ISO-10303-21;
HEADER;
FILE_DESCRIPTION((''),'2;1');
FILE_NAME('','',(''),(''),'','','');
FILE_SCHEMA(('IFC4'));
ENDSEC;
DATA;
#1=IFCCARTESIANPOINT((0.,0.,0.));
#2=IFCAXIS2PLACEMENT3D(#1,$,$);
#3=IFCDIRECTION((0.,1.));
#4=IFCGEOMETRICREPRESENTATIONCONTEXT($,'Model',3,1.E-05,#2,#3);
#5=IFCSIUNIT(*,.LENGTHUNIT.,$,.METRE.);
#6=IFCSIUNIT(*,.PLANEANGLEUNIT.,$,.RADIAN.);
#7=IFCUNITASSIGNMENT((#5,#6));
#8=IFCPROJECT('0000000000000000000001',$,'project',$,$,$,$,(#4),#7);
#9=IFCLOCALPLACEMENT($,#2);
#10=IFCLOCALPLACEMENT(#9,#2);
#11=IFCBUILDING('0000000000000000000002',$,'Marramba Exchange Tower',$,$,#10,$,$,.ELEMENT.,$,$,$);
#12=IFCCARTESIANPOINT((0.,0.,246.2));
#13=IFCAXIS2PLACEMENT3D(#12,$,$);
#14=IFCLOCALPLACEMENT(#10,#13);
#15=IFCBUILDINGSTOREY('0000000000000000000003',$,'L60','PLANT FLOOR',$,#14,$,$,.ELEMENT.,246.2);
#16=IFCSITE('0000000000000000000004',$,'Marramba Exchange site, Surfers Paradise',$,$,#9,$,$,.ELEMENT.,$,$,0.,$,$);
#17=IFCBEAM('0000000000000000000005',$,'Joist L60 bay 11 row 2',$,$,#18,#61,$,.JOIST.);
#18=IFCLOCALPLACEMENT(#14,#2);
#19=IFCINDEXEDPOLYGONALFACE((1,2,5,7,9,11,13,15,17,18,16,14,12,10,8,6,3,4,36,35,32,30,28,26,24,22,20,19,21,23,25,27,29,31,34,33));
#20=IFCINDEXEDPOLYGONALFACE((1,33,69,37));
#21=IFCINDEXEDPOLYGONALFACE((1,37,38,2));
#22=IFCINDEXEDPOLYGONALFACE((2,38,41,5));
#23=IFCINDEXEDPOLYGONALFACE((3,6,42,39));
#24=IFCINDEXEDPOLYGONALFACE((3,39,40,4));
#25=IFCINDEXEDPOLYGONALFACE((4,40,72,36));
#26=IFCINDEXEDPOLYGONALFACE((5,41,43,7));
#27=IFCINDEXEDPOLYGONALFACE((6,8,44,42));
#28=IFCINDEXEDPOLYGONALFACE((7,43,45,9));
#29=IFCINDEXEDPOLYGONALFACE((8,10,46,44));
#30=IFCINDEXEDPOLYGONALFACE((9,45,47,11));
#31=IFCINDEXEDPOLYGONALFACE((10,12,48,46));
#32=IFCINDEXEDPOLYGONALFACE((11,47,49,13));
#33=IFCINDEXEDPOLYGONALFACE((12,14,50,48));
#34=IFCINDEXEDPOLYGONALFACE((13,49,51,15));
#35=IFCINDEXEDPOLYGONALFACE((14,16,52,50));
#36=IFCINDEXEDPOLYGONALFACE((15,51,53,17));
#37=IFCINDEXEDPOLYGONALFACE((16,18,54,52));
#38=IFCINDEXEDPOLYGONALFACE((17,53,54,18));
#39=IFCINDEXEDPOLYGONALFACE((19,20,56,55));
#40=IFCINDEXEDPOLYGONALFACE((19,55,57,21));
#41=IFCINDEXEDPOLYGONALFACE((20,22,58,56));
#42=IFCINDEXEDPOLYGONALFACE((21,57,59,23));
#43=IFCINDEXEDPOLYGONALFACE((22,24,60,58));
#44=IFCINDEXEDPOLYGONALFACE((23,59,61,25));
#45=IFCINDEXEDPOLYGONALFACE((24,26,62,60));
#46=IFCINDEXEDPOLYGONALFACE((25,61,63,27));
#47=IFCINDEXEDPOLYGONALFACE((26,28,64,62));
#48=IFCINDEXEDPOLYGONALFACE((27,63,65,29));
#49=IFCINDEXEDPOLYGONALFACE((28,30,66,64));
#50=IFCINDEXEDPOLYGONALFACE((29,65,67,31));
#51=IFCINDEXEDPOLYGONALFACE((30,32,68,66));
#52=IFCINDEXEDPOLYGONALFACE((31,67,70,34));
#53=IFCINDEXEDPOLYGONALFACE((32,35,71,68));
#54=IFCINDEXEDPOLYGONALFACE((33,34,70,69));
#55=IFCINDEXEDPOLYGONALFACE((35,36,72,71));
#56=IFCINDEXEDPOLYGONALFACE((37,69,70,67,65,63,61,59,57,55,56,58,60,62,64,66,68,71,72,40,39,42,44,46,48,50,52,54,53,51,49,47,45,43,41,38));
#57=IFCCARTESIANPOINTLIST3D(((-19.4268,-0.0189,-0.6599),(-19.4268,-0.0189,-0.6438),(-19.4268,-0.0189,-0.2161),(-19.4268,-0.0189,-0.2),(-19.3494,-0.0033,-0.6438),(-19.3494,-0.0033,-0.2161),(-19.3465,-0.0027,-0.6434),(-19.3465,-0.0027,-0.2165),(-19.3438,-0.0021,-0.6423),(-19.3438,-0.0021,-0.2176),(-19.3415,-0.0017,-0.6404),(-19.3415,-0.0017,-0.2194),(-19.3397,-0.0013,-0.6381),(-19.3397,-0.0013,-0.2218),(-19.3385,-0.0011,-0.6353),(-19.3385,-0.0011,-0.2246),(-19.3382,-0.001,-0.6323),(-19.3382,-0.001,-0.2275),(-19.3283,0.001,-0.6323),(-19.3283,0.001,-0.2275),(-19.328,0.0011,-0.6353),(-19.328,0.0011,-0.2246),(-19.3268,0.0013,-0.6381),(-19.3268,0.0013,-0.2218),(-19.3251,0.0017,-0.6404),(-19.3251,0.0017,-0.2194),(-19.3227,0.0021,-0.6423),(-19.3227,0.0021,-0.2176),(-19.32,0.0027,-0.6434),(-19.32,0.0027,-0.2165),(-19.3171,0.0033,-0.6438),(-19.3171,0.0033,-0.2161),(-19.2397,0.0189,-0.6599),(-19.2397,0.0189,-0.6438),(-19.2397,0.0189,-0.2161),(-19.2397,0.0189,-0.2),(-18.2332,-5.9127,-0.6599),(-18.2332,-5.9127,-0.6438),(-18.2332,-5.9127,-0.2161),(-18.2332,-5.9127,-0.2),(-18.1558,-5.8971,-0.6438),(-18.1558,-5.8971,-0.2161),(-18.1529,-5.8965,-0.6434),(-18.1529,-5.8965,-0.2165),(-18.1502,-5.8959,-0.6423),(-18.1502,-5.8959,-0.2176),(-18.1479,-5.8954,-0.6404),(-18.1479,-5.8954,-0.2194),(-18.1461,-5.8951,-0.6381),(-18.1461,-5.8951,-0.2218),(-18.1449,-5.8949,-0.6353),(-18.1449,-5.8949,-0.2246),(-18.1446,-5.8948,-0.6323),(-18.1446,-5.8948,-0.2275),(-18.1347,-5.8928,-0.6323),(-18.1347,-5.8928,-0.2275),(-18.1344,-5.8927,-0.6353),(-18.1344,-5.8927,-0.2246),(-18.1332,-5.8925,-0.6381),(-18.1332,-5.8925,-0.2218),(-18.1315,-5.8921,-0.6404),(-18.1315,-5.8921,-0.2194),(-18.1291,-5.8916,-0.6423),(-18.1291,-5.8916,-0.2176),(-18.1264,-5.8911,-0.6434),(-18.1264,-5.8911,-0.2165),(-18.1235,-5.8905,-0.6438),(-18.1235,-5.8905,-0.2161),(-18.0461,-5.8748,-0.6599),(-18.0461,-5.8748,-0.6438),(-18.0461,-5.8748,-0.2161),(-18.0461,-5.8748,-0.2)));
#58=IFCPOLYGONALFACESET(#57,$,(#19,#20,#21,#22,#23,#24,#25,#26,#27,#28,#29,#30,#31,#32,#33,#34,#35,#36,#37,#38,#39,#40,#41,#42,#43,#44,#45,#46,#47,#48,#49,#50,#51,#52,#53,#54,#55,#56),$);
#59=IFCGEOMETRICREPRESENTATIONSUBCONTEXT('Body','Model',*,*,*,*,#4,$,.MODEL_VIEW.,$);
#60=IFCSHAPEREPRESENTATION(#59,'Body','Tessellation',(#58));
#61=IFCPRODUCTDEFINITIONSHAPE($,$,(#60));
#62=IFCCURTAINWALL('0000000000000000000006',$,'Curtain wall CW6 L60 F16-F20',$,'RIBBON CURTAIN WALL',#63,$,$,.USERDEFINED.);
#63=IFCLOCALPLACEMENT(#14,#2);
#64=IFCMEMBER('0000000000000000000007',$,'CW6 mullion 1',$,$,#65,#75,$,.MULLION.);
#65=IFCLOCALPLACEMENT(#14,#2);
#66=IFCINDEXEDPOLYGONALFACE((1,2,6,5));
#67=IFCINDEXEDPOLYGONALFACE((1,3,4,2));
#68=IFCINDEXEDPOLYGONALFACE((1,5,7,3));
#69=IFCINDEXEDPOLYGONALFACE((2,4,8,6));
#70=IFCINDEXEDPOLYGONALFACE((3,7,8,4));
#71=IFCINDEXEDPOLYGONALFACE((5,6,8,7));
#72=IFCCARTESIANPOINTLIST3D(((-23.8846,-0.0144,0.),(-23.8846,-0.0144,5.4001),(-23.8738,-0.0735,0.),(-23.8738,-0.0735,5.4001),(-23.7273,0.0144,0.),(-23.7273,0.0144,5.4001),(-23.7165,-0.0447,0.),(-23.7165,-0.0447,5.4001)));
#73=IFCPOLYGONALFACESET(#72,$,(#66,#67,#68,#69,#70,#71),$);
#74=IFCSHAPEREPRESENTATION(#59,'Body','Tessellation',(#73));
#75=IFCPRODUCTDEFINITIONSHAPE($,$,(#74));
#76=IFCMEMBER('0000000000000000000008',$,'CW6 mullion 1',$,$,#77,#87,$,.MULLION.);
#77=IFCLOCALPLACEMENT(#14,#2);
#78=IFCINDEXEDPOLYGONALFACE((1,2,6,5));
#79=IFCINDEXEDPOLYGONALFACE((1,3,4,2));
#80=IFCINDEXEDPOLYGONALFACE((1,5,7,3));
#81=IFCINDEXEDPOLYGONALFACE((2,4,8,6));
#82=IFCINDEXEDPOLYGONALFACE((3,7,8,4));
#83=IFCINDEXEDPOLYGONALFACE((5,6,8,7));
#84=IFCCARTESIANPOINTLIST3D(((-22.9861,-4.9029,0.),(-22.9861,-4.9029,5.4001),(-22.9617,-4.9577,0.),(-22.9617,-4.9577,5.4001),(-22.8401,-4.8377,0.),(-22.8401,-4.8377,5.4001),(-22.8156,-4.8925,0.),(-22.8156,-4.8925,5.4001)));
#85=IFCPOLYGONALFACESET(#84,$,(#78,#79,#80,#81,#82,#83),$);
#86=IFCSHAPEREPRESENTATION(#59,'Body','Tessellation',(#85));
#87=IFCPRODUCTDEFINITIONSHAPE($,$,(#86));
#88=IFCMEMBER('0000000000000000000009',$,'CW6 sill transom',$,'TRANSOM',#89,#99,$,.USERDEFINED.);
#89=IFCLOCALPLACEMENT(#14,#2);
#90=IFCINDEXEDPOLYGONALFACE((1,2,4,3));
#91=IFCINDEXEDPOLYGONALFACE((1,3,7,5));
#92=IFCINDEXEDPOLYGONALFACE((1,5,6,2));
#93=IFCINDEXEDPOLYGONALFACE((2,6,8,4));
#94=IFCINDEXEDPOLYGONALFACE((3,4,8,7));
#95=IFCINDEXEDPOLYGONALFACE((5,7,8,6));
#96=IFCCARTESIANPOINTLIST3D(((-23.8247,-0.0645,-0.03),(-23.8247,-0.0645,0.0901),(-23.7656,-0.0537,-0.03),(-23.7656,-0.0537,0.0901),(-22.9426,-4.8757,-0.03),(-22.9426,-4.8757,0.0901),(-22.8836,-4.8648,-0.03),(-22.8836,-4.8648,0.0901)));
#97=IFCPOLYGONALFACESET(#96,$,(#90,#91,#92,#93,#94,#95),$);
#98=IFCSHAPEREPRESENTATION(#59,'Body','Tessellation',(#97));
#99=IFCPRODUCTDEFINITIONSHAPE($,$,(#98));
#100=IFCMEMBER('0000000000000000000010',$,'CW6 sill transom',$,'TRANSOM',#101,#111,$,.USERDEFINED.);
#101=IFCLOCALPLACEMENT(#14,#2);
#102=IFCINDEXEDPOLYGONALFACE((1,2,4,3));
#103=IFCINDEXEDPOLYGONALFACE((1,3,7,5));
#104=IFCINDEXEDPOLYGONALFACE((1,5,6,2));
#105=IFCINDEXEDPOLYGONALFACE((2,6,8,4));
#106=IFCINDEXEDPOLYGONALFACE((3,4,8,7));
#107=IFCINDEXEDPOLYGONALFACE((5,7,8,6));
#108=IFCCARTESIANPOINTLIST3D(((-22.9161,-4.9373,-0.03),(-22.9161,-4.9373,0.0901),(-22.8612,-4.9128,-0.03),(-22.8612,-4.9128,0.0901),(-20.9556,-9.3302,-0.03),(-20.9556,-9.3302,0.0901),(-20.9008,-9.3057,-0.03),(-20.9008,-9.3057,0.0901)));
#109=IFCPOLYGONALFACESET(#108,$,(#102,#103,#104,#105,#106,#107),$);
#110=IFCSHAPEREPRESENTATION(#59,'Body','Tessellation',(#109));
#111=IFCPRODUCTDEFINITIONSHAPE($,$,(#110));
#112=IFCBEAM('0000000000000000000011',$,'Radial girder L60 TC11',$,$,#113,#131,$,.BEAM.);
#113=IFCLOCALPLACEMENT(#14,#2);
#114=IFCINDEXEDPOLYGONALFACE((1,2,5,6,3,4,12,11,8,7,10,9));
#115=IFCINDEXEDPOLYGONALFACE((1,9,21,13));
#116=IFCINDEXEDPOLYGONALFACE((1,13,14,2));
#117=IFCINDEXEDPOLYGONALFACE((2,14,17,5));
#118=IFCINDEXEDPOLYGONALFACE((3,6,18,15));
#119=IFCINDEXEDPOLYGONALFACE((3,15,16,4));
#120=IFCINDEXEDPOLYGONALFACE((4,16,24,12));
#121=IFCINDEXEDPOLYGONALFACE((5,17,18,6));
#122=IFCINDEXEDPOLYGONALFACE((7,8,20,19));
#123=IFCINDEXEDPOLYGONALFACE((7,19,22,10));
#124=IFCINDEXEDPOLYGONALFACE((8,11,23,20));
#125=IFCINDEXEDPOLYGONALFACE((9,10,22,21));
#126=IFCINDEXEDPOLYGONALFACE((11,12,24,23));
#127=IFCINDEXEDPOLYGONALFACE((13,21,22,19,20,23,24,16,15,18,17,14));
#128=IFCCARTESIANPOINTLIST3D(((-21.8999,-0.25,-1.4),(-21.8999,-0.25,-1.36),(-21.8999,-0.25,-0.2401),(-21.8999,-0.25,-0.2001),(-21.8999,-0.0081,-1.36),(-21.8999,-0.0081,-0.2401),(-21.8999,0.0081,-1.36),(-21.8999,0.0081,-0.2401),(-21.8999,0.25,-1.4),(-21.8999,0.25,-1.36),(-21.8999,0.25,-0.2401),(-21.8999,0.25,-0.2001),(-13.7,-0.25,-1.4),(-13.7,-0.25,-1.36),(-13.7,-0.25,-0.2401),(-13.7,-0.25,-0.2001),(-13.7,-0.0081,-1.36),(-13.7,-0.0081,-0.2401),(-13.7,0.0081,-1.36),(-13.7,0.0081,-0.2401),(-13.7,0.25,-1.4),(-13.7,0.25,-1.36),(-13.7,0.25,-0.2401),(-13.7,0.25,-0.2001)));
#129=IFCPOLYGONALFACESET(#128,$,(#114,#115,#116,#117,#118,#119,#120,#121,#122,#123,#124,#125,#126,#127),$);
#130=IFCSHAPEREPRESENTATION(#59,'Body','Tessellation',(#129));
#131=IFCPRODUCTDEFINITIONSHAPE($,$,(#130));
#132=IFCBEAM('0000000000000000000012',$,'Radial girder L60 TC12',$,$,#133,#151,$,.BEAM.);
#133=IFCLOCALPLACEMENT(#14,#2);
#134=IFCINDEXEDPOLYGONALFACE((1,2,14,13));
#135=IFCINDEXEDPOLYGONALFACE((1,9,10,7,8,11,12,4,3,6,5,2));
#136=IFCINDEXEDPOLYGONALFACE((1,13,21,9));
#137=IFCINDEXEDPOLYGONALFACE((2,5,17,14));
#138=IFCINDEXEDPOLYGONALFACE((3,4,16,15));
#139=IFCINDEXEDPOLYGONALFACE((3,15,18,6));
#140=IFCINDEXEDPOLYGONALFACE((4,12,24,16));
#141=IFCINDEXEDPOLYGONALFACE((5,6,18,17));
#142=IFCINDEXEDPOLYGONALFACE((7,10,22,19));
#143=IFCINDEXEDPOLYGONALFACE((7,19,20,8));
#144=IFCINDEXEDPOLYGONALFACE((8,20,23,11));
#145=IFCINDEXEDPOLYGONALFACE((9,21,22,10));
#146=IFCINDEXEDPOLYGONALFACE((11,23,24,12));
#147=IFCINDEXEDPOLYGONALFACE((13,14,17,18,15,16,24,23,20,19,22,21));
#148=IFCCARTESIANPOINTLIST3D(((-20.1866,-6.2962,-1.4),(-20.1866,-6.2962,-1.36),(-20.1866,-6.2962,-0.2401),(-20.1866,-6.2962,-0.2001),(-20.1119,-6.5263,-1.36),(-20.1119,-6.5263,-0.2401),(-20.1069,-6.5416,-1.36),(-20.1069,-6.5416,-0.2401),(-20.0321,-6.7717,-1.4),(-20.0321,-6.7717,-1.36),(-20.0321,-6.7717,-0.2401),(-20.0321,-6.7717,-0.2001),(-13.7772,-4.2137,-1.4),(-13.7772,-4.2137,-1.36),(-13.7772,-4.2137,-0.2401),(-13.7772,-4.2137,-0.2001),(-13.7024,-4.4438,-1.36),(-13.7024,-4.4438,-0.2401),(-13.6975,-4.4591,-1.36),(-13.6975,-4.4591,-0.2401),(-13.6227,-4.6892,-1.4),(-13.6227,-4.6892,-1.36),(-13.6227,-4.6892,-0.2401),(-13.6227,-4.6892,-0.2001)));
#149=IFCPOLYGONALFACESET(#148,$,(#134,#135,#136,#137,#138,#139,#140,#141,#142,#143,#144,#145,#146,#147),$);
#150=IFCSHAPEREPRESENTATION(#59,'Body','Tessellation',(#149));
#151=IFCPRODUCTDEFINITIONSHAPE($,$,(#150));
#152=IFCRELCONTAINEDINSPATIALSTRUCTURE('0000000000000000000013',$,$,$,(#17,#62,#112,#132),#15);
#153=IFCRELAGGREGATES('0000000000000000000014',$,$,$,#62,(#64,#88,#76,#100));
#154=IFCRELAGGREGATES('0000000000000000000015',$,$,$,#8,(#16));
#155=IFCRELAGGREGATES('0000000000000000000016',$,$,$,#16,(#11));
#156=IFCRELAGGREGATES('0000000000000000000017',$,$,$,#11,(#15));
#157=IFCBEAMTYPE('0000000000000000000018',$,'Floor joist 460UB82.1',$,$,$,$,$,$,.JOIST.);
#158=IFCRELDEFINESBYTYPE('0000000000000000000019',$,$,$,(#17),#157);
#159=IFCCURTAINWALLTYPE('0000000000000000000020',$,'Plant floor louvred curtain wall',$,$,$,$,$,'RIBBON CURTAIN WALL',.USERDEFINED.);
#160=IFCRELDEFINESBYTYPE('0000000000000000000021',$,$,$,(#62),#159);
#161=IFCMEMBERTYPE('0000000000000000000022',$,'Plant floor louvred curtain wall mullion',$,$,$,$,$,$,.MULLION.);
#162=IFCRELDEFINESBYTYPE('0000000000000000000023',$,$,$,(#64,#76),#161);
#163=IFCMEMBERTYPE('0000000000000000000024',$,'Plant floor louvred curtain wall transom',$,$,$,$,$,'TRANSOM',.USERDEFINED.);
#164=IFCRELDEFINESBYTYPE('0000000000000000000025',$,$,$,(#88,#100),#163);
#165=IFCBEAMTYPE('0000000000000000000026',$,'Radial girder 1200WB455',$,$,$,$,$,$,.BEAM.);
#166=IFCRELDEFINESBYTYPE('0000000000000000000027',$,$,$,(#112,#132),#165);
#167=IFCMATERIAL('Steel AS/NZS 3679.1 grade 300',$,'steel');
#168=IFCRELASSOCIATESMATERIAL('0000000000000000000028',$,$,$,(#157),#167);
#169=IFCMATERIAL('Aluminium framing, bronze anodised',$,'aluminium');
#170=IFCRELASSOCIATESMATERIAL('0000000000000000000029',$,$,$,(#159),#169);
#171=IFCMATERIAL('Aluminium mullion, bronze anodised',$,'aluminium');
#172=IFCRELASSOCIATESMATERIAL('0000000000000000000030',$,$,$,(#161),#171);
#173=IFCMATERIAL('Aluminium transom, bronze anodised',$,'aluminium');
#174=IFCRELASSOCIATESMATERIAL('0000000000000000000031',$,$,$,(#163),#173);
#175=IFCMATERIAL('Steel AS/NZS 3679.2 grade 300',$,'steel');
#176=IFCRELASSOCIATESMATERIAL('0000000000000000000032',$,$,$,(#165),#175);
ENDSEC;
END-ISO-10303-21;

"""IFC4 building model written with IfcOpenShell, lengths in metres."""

from ifc_helpers import new_model, si_unit, direction, frame, origin, origin_2d, place, context, subcontext, project, spatial, rectangle, i_section, extrude, material, material_profile, profile_set, type_object, element, aggregate, save


model = new_model("IFC4")

# Units and contexts
model_context = context("Model", 3, precision=1e-05, world=origin(), true_north=direction((0.0, 1.0)))
body_context = subcontext(model_context, "Body", "Model", "MODEL_VIEW")
ifc_project = project(units=[si_unit("LENGTHUNIT", "METRE"), si_unit("PLANEANGLEUNIT", "RADIAN")], contexts=[model_context])

# Site, building, storey
site_placement = place(None, origin())
site = spatial("IfcSite", under=ifc_project, at=site_placement, Name="Marramba Exchange site, Surfers Paradise", CompositionType="ELEMENT", RefElevation=0.0)
building_placement = place(site_placement, origin())
building = spatial("IfcBuilding", under=site, at=building_placement, Name="Marramba Exchange Tower", CompositionType="ELEMENT")
storey_placement = place(building_placement, frame((0.0, 0.0, 246.2)))
storey = spatial("IfcBuildingStorey", under=building, at=storey_placement, Name="L60", Description="PLANT FLOOR", CompositionType="ELEMENT", Elevation=246.2)

# Shared definitions
ifc_material_1 = material(Name="Steel AS/NZS 3679.2 grade 300", Category="steel")

# Beam
ifc_material_2 = material(Name="Steel AS/NZS 3679.1 grade 300", Category="steel")
ifc_material_profile_1 = material_profile(ifc_material_2, i_section(OverallWidth=0.1909, OverallDepth=0.46, WebThickness=0.01, FlangeThickness=0.0161, FilletRadius=0.0115, at=origin_2d()), Name="460UB82.1")
ifc_profile_set_1 = profile_set([ifc_material_profile_1], Name="Steel AS/NZS 3679.1 grade 300")
beam_type_1 = type_object("IfcBeamType", Name="Floor joist 460UB82.1", PredefinedType="JOIST", material=ifc_profile_set_1)
beam_1_placement = place(storey_placement, frame((-19.3333, 0.0, -0.4299), z_axis=(0.198489, -0.980103, 0.0), x_axis=(0.980103, 0.198489, 0.0)))
element("IfcBeam", 1, at=beam_1_placement, inside=storey, type_object=beam_type_1, Name="Joist L60 bay 11 row 2", PredefinedType="JOIST", context=body_context, shape_type="SweptSolid", body=[
    extrude(i_section(OverallWidth=0.1909, OverallDepth=0.46, WebThickness=0.01, FlangeThickness=0.0161, FilletRadius=0.0115, at=origin_2d()), origin(), (0.0, 0.0, 1.0), 6.0134),
])

# Curtain wall, members
ifc_material_3 = material(Name="Aluminium framing, bronze anodised", Category="aluminium")
curtain_wall_type = type_object("IfcCurtainWallType", Name="Plant floor louvred curtain wall", ElementType="RIBBON CURTAIN WALL", PredefinedType="USERDEFINED", material=ifc_material_3)
curtain_wall_placement = place(storey_placement, origin())
curtain_wall = element("IfcCurtainWall", 2, at=curtain_wall_placement, inside=storey, type_object=curtain_wall_type, Name="Curtain wall CW6 L60 F16-F20", ObjectType="RIBBON CURTAIN WALL", PredefinedType="USERDEFINED")
ifc_material_4 = material(Name="Aluminium mullion, bronze anodised", Category="aluminium")
ifc_material_profile_2 = material_profile(ifc_material_4, rectangle(XDim=0.1599, YDim=0.0601, at=origin_2d()), Name="CW6 mullion 60x160")
ifc_profile_set_2 = profile_set([ifc_material_profile_2], Name="Aluminium mullion, bronze anodised")
member_type_1 = type_object("IfcMemberType", Name="Plant floor louvred curtain wall mullion", PredefinedType="MULLION", material=ifc_profile_set_2)
member_1_placement = place(storey_placement, frame((-23.8005, -0.0295, 0.0), z_axis=(0.0, 0.0, 1.0), x_axis=(0.983607, 0.180327, 0.0)))
member_1 = element("IfcMember", 3, at=member_1_placement, type_object=member_type_1, Name="CW6 mullion 1", PredefinedType="MULLION", context=body_context, shape_type="SweptSolid", body=[
    extrude(rectangle(XDim=0.1599, YDim=0.0601, at=origin_2d()), origin(), (0.0, 0.0, 1.0), 5.4001),
])
member_2_placement = place(storey_placement, frame((-22.9009, -4.8977, 0.0), z_axis=(0.0, 0.0, 1.0), x_axis=(0.91318, 0.407558, 0.0)))
member_2 = element("IfcMember", 4, at=member_2_placement, type_object=member_type_1, Name="CW6 mullion 1", PredefinedType="MULLION", context=body_context, shape_type="SweptSolid", body=[
    extrude(rectangle(XDim=0.1599, YDim=0.0601, at=origin_2d()), origin(), (0.0, 0.0, 1.0), 5.4001),
])
ifc_material_5 = material(Name="Aluminium transom, bronze anodised", Category="aluminium")
ifc_material_profile_3 = material_profile(ifc_material_5, rectangle(XDim=0.0601, YDim=0.1201, at=origin_2d()), Name="CW6 transom 60x120")
ifc_profile_set_3 = profile_set([ifc_material_profile_3], Name="Aluminium transom, bronze anodised")
member_type_2 = type_object("IfcMemberType", Name="Plant floor louvred curtain wall transom", ElementType="TRANSOM", PredefinedType="USERDEFINED", material=ifc_profile_set_3)
member_3_placement = place(storey_placement, frame((-23.7952, -0.0591, 0.03), z_axis=(0.18033, -0.983606, 0.0), x_axis=(0.983606, 0.18033, 0.0)))
member_3 = element("IfcMember", 5, at=member_3_placement, type_object=member_type_2, Name="CW6 sill transom", ObjectType="TRANSOM", PredefinedType="USERDEFINED", context=body_context, shape_type="SweptSolid", body=[
    extrude(rectangle(XDim=0.0601, YDim=0.1201, at=origin_2d()), origin(), (0.0, 0.0, 1.0), 4.8914),
])
member_4_placement = place(storey_placement, frame((-22.8887, -4.925, 0.03), z_axis=(0.407541, -0.913187, 0.0), x_axis=(0.913187, 0.407541, 0.0)))
member_4 = element("IfcMember", 6, at=member_4_placement, type_object=member_type_2, Name="CW6 sill transom", ObjectType="TRANSOM", PredefinedType="USERDEFINED", context=body_context, shape_type="SweptSolid", body=[
    extrude(rectangle(XDim=0.0601, YDim=0.1201, at=origin_2d()), origin(), (0.0, 0.0, 1.0), 4.8105),
])

# Beams
ifc_material_profile_4 = material_profile(ifc_material_1, i_section(OverallWidth=0.5, OverallDepth=1.2, WebThickness=0.0161, FlangeThickness=0.04, at=origin_2d()), Name="1200WB455")
ifc_profile_set_4 = profile_set([ifc_material_profile_4], Name="Steel AS/NZS 3679.2 grade 300")
beam_type_2 = type_object("IfcBeamType", Name="Radial girder 1200WB455", PredefinedType="BEAM", material=ifc_profile_set_4)
beam_2_placement = place(storey_placement, frame((-13.7, 0.0, -0.8), z_axis=(-1.0, 0.0, 0.0), x_axis=(0.0, -1.0, 0.0)))
element("IfcBeam", 7, at=beam_2_placement, inside=storey, type_object=beam_type_2, Name="Radial girder L60 TC11", PredefinedType="BEAM", context=body_context, shape_type="SweptSolid", body=[
    extrude(i_section(OverallWidth=0.5, OverallDepth=1.2, WebThickness=0.0161, FlangeThickness=0.04, at=origin_2d()), origin(), (0.0, 0.0, 1.0), 8.2),
])
beam_3_placement = place(storey_placement, frame((-13.7, -4.4514, -0.8), z_axis=(-0.951058, -0.309013, 0.0), x_axis=(0.309013, -0.951058, 0.0)))
element("IfcBeam", 8, at=beam_3_placement, inside=storey, type_object=beam_type_2, Name="Radial girder L60 TC12", PredefinedType="BEAM", context=body_context, shape_type="SweptSolid", body=[
    extrude(i_section(OverallWidth=0.5, OverallDepth=1.2, WebThickness=0.0161, FlangeThickness=0.04, at=origin_2d()), origin(), (0.0, 0.0, 1.0), 6.7393),
])

aggregate(curtain_wall, [member_1, member_3, member_2, member_4])

save(model, "model.ifc")
